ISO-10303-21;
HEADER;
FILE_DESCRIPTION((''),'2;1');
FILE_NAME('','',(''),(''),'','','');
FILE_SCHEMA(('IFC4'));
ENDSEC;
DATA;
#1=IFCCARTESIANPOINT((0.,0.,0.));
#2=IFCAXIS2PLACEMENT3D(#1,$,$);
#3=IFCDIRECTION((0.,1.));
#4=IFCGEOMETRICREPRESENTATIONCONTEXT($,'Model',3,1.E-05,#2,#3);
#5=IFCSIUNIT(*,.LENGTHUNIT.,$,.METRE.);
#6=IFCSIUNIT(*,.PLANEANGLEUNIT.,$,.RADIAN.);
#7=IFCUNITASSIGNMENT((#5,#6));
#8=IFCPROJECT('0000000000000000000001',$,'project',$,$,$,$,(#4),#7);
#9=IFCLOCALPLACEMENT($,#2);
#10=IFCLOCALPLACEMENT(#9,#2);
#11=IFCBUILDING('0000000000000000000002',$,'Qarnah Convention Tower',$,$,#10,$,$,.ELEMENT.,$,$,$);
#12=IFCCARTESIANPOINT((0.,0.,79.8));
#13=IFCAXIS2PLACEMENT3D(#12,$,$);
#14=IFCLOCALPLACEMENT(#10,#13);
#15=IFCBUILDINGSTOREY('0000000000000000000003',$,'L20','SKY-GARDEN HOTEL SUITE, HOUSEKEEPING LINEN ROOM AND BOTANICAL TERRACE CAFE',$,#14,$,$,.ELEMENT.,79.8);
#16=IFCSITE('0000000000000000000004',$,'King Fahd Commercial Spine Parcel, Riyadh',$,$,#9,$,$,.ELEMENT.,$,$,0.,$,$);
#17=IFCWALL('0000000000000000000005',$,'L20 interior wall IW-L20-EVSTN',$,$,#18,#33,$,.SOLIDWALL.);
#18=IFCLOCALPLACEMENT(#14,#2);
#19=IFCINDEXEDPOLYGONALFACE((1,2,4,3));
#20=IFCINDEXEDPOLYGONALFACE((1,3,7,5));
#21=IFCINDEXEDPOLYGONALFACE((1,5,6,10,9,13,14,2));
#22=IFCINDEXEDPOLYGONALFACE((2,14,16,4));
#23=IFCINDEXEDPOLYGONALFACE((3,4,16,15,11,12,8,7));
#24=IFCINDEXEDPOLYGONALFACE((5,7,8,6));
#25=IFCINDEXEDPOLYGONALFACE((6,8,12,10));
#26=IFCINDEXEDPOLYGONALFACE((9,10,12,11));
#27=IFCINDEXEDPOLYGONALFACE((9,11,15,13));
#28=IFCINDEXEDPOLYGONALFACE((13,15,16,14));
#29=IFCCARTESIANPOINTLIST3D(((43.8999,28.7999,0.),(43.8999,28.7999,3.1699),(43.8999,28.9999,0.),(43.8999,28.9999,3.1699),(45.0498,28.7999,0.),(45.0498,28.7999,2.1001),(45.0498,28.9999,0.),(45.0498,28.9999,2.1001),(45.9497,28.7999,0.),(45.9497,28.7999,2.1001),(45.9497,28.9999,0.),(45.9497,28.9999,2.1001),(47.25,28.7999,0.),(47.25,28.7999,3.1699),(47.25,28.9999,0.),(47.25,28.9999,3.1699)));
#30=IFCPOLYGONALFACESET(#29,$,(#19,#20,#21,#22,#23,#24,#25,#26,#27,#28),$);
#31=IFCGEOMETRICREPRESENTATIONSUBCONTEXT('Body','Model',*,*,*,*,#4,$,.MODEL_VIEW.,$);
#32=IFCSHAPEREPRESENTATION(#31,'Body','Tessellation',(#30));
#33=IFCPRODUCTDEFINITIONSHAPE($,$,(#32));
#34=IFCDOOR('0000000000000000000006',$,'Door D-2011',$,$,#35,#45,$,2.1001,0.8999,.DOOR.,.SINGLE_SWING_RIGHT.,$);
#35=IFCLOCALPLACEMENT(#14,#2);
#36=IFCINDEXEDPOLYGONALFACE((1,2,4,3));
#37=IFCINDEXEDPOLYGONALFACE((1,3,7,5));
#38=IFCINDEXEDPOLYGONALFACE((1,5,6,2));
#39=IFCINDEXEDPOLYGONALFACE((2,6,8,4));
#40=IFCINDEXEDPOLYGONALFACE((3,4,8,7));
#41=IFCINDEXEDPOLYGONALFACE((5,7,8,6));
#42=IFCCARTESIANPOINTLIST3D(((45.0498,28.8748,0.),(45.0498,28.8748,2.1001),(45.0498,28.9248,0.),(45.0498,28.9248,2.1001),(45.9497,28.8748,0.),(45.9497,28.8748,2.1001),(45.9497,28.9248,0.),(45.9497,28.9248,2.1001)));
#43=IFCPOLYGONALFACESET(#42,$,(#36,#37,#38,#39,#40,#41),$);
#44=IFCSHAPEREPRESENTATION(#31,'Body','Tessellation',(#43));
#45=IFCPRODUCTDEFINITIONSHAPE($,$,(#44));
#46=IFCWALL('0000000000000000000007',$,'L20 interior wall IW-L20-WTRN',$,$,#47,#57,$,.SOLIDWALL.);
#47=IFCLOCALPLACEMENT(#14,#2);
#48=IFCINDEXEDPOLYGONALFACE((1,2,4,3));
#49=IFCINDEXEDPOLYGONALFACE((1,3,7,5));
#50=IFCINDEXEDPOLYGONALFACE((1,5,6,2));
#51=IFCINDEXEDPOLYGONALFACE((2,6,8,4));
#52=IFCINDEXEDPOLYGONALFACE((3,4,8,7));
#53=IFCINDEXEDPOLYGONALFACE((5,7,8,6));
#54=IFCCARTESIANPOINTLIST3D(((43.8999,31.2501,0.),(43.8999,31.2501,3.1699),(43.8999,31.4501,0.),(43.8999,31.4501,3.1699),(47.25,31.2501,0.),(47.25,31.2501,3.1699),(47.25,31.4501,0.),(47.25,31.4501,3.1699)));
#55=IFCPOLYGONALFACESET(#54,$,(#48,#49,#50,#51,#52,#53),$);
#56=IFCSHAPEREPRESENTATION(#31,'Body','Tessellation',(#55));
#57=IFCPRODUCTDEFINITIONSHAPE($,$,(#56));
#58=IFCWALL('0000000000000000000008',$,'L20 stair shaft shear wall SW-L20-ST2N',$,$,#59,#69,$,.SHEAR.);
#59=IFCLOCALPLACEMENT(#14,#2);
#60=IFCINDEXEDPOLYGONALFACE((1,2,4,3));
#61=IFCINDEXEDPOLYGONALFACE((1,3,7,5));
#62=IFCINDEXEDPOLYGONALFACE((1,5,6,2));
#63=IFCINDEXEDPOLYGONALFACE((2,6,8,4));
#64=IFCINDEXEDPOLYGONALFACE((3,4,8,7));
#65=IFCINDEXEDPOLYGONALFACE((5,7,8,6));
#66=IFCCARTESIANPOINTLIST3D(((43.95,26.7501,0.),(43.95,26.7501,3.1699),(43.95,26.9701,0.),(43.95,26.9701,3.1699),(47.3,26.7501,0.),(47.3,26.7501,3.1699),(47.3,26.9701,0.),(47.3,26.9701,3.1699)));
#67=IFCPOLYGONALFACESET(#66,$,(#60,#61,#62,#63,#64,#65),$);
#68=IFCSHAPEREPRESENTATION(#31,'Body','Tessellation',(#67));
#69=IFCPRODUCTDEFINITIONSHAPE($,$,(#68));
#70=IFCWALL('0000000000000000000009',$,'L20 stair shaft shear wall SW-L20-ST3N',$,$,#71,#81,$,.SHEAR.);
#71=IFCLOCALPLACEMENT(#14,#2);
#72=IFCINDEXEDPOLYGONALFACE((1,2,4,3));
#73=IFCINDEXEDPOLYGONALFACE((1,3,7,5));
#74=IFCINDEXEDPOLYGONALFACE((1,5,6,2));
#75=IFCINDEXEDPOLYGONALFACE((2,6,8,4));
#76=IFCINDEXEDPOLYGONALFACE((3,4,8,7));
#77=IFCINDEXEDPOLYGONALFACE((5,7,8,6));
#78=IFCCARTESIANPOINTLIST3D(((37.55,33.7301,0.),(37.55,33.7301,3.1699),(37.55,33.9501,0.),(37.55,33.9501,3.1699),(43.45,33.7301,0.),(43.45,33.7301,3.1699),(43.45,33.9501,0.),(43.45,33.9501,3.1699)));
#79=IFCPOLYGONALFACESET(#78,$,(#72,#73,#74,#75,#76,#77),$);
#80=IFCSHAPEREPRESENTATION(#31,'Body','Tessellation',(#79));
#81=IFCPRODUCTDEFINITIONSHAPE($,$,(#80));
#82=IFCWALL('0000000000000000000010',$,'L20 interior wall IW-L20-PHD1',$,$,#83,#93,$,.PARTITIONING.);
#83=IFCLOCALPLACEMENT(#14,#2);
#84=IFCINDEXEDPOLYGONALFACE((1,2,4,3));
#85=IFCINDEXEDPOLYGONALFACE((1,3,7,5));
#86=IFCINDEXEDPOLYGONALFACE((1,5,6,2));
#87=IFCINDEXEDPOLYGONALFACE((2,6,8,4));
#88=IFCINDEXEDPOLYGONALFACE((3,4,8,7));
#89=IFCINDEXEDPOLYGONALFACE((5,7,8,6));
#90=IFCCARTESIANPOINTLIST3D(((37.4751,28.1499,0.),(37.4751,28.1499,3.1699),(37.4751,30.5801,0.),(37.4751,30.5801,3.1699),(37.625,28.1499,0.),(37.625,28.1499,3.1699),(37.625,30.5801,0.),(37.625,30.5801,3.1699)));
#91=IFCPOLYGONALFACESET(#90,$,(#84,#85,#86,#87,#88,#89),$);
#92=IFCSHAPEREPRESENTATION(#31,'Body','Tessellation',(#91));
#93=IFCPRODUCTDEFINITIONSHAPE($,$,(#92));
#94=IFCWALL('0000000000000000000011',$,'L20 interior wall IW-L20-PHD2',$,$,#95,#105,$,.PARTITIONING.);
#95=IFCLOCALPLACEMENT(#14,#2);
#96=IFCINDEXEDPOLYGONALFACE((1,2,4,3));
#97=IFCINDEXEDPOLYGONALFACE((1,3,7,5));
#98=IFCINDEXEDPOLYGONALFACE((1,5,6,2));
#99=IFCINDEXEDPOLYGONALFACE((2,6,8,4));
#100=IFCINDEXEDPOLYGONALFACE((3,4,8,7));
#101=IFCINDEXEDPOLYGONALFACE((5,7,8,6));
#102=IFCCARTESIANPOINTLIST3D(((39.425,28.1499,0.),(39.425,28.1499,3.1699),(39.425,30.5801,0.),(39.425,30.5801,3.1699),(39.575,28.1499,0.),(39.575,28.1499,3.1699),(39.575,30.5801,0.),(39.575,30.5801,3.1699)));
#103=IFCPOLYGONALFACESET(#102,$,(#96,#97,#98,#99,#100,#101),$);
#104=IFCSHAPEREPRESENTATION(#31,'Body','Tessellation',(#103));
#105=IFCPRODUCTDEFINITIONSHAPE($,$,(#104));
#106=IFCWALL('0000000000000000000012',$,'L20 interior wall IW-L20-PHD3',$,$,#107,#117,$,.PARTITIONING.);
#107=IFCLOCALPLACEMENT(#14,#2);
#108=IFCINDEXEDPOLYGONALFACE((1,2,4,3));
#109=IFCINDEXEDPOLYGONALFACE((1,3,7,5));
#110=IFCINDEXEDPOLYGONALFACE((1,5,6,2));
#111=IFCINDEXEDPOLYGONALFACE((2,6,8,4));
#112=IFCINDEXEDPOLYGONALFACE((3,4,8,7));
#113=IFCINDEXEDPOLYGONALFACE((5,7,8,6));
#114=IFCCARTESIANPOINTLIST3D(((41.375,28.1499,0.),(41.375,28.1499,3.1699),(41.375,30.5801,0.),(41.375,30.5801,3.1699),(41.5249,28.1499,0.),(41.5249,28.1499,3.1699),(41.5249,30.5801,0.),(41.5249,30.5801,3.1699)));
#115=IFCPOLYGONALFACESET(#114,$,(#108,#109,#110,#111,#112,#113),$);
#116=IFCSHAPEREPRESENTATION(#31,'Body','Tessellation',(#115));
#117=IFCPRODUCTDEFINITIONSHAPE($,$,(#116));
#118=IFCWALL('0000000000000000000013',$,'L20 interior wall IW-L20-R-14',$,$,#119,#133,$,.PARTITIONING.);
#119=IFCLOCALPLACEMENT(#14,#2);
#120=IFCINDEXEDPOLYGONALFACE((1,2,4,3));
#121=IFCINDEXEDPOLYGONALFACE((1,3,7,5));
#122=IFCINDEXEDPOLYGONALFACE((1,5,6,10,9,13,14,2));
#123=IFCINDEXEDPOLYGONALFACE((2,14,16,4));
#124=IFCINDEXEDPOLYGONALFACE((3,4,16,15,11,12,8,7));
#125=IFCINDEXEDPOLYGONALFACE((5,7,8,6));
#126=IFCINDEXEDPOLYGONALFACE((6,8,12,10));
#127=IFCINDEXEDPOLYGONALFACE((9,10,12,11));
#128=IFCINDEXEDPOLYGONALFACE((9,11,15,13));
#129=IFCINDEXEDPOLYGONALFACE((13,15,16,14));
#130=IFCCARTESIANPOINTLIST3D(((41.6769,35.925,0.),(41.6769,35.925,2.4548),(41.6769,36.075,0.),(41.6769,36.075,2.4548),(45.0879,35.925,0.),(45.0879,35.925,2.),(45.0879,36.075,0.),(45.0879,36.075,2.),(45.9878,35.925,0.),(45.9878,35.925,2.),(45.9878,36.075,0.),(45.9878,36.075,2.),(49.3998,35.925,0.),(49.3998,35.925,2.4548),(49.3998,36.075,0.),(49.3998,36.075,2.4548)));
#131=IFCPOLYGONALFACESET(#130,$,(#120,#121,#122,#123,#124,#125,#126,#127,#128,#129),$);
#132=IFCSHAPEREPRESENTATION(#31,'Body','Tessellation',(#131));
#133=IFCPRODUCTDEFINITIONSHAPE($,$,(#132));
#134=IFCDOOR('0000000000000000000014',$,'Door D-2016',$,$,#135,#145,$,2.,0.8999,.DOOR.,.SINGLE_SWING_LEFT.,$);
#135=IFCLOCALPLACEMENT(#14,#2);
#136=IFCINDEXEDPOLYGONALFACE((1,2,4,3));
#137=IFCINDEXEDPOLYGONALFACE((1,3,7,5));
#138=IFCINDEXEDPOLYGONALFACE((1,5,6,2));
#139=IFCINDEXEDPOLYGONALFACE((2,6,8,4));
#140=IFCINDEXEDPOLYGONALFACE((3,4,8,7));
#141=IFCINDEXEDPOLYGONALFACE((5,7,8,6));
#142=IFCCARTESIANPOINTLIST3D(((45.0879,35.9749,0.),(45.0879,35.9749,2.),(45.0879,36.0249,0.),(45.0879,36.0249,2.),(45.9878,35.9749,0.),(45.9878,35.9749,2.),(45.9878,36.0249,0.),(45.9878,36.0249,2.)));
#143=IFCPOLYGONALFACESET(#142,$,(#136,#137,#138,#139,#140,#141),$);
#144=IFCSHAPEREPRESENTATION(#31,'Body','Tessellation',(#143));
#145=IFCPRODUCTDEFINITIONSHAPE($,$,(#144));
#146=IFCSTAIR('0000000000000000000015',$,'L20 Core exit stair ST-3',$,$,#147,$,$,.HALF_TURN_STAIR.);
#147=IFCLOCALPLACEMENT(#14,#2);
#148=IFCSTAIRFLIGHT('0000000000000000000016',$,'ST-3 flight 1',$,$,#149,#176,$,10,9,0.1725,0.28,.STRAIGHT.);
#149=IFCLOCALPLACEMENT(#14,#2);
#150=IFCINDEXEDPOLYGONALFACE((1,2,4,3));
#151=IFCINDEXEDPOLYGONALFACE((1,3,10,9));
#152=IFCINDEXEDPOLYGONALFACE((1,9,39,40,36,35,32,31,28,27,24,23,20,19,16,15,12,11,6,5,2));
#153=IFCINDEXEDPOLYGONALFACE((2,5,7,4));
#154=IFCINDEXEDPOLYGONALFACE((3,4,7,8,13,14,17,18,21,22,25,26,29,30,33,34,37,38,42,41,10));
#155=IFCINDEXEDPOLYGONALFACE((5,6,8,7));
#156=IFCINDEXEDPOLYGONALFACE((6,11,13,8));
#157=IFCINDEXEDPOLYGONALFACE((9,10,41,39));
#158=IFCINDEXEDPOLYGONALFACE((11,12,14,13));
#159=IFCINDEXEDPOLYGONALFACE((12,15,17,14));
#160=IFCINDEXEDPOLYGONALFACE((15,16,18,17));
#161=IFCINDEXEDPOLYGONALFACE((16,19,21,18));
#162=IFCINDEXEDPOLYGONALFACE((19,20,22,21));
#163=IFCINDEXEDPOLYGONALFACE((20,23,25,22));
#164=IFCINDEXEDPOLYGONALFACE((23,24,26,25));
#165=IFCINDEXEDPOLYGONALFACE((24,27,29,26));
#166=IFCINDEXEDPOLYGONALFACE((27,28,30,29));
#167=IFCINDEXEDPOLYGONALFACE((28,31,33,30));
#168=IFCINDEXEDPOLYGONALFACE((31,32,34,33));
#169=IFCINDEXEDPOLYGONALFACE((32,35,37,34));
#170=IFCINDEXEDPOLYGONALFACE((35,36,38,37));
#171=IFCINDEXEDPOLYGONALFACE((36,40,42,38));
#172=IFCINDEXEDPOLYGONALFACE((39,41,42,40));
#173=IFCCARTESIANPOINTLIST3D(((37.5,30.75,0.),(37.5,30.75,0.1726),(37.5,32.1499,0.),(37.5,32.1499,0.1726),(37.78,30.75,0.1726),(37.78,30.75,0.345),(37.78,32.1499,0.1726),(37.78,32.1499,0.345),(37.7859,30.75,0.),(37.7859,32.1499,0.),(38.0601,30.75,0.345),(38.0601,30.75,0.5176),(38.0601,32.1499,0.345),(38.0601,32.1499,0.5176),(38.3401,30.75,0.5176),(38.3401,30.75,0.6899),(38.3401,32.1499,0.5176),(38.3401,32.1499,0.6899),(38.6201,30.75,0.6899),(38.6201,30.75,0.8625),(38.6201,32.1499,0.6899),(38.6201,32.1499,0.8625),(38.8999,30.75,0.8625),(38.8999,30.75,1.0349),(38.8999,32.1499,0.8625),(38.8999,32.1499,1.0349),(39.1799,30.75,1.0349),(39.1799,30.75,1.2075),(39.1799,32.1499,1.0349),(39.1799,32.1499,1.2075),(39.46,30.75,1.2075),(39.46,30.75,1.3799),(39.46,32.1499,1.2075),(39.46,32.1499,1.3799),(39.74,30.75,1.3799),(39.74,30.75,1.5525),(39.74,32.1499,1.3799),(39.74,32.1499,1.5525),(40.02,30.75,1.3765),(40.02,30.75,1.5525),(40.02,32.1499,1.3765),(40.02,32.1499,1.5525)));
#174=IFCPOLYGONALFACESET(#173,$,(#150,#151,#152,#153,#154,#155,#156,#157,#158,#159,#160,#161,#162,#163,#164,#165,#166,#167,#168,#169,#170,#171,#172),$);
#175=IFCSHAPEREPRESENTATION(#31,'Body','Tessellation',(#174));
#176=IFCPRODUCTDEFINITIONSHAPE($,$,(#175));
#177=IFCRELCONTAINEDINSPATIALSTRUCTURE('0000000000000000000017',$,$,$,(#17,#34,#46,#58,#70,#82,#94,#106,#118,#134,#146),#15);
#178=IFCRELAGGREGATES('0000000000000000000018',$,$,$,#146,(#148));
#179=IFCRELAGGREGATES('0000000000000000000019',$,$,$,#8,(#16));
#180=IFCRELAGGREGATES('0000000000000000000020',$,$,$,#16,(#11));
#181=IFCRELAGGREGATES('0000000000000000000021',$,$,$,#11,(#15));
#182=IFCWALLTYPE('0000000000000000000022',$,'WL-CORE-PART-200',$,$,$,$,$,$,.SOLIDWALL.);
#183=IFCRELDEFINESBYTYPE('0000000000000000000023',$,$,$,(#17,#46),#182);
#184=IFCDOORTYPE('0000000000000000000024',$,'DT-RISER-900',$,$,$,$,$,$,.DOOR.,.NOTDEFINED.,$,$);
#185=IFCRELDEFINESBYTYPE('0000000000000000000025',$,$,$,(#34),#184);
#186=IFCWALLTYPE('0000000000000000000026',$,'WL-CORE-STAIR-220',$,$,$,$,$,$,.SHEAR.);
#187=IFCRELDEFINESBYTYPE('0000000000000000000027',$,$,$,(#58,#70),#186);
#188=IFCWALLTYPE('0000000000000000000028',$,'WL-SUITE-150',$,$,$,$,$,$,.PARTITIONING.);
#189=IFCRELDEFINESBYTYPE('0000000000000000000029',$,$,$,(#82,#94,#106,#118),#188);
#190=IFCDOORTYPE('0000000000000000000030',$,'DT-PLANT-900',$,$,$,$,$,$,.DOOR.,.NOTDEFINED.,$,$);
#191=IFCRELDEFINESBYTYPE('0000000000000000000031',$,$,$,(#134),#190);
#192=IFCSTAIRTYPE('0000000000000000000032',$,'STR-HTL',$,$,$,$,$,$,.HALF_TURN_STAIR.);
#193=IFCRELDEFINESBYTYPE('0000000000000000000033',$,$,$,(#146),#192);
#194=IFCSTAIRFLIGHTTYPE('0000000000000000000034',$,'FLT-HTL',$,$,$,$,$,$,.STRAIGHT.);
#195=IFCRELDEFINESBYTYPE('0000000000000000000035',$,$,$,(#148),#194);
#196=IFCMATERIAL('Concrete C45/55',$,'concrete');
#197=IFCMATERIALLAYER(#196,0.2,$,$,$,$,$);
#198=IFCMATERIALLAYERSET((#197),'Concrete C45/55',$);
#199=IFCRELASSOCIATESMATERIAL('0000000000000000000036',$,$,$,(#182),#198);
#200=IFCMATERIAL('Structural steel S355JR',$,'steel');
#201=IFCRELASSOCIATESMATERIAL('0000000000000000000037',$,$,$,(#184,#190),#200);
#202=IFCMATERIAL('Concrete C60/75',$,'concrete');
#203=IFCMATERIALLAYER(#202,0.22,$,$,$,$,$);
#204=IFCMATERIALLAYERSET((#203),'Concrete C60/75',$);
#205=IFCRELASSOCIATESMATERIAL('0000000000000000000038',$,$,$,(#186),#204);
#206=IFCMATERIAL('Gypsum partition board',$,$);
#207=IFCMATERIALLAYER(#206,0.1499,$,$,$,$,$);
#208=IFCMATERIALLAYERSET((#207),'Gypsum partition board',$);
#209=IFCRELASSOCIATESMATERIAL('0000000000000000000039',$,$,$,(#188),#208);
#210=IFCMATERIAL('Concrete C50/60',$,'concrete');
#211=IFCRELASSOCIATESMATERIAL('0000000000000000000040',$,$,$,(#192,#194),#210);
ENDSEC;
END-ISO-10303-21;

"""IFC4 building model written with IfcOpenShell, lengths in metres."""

from ifc_helpers import new_model, si_unit, direction, frame, frame_2d, origin, place, context, subcontext, project, spatial, polyline, rectangle, outline, extrude, material, layer, layer_set, type_object, element, fill, aggregate, save


model = new_model("IFC4")

# Units and contexts
model_context = context("Model", 3, precision=1e-05, world=origin(), true_north=direction((0.0, 1.0)))
body_context = subcontext(model_context, "Body", "Model", "MODEL_VIEW")
ifc_project = project(units=[si_unit("LENGTHUNIT", "METRE"), si_unit("PLANEANGLEUNIT", "RADIAN")], contexts=[model_context])

# Site, building, storey
site_placement = place(None, origin())
site = spatial("IfcSite", under=ifc_project, at=site_placement, Name="King Fahd Commercial Spine Parcel, Riyadh", CompositionType="ELEMENT", RefElevation=0.0)
building_placement = place(site_placement, origin())
building = spatial("IfcBuilding", under=site, at=building_placement, Name="Qarnah Convention Tower", CompositionType="ELEMENT")
storey_placement = place(building_placement, frame((0.0, 0.0, 79.8)))
storey = spatial("IfcBuildingStorey", under=building, at=storey_placement, Name="L20", Description="SKY-GARDEN HOTEL SUITE, HOUSEKEEPING LINEN ROOM AND BOTANICAL TERRACE CAFE", CompositionType="ELEMENT", Elevation=79.8)

# Shared definitions
ifc_material_1 = material(Name="Structural steel S355JR", Category="steel")

# Wall, opening, door
ifc_material_2 = material(Name="Concrete C45/55", Category="concrete")
ifc_layer_1 = layer(ifc_material_2, 0.2)
ifc_layer_set_1 = layer_set([ifc_layer_1], Name="Concrete C45/55")
wall_type_1 = type_object("IfcWallType", Name="WL-CORE-PART-200", PredefinedType="SOLIDWALL", material=ifc_layer_set_1)
wall_1_placement = place(storey_placement, frame((43.8999, 28.8999, 0.0), z_axis=(0.0, 0.0, 1.0), x_axis=(1.0, 0.0, 0.0)))
wall_1 = element("IfcWall", 1, at=wall_1_placement, inside=storey, type_object=wall_type_1, Name="L20 interior wall IW-L20-EVSTN", PredefinedType="SOLIDWALL", context=body_context, shape_type="SweptSolid", body=[
    extrude(rectangle(XDim=3.3501, YDim=0.2, at=frame_2d((1.675, 0.0))), origin(), (0.0, 0.0, 1.0), 3.1699),
])
opening_1_placement = place(wall_1_placement, frame((1.1499, 0.0, 0.0)))
opening_1 = element("IfcOpeningElement", 2, at=opening_1_placement, cuts=wall_1, PredefinedType="OPENING", context=body_context, shape_type="SweptSolid", body=[
    extrude(rectangle(XDim=0.8999, YDim=2.1001, at=frame_2d((0.45, 1.05))), frame((0.0, 0.1099, 0.0), z_axis=(0.0, -1.0, 0.0), x_axis=(1.0, 0.0, 0.0)), (0.0, 0.0, 1.0), 0.22),
])
door_type_1 = type_object("IfcDoorType", Name="DT-RISER-900", OperationType="NOTDEFINED", PredefinedType="DOOR", material=ifc_material_1)
door_1_placement = place(opening_1_placement, origin())
door_1 = element("IfcDoor", 3, at=door_1_placement, inside=storey, type_object=door_type_1, Name="Door D-2011", OperationType="SINGLE_SWING_RIGHT", OverallHeight=2.1001, OverallWidth=0.8999, PredefinedType="DOOR", context=body_context, shape_type="SweptSolid", body=[
    extrude(rectangle(XDim=0.8999, YDim=2.1001, at=frame_2d((0.45, 1.05))), frame((0.0, 0.0249, 0.0), z_axis=(0.0, -1.0, 0.0), x_axis=(1.0, 0.0, 0.0)), (0.0, 0.0, 1.0), 0.05),
])
fill(opening_1, door_1)

# Walls
wall_2_placement = place(storey_placement, frame((43.8999, 31.3501, 0.0), z_axis=(0.0, 0.0, 1.0), x_axis=(1.0, 0.0, 0.0)))
element("IfcWall", 4, at=wall_2_placement, inside=storey, type_object=wall_type_1, Name="L20 interior wall IW-L20-WTRN", PredefinedType="SOLIDWALL", context=body_context, shape_type="SweptSolid", body=[
    extrude(rectangle(XDim=3.3501, YDim=0.2, at=frame_2d((1.675, 0.0))), origin(), (0.0, 0.0, 1.0), 3.1699),
])
ifc_material_3 = material(Name="Concrete C60/75", Category="concrete")
ifc_layer_2 = layer(ifc_material_3, 0.22)
ifc_layer_set_2 = layer_set([ifc_layer_2], Name="Concrete C60/75")
wall_type_2 = type_object("IfcWallType", Name="WL-CORE-STAIR-220", PredefinedType="SHEAR", material=ifc_layer_set_2)
wall_3_placement = place(storey_placement, frame((43.95, 26.8601, 0.0), z_axis=(0.0, 0.0, 1.0), x_axis=(1.0, 0.0, 0.0)))
element("IfcWall", 5, at=wall_3_placement, inside=storey, type_object=wall_type_2, Name="L20 stair shaft shear wall SW-L20-ST2N", PredefinedType="SHEAR", context=body_context, shape_type="SweptSolid", body=[
    extrude(rectangle(XDim=3.3501, YDim=0.22, at=frame_2d((1.675, 0.0))), origin(), (0.0, 0.0, 1.0), 3.1699),
])
wall_4_placement = place(storey_placement, frame((37.55, 33.8401, 0.0), z_axis=(0.0, 0.0, 1.0), x_axis=(1.0, 0.0, 0.0)))
element("IfcWall", 6, at=wall_4_placement, inside=storey, type_object=wall_type_2, Name="L20 stair shaft shear wall SW-L20-ST3N", PredefinedType="SHEAR", context=body_context, shape_type="SweptSolid", body=[
    extrude(rectangle(XDim=5.8999, YDim=0.22, at=frame_2d((2.95, 0.0))), origin(), (0.0, 0.0, 1.0), 3.1699),
])
ifc_material_4 = material(Name="Gypsum partition board")
ifc_layer_3 = layer(ifc_material_4, 0.1499)
ifc_layer_set_3 = layer_set([ifc_layer_3], Name="Gypsum partition board")
wall_type_3 = type_object("IfcWallType", Name="WL-SUITE-150", PredefinedType="PARTITIONING", material=ifc_layer_set_3)
for number, where, z_axis, x_axis, name in (
    (7, (37.55, 28.1499, 0.0), (0.0, 0.0, 1.0), (0.0, 1.0, 0.0), "L20 interior wall IW-L20-PHD1"),
    (8, (39.5, 28.1499, 0.0), (0.0, 0.0, 1.0), (0.0, 1.0, 0.0), "L20 interior wall IW-L20-PHD2"),
    (9, (41.45, 28.1499, 0.0), (0.0, 0.0, 1.0), (0.0, 1.0, 0.0), "L20 interior wall IW-L20-PHD3"),
):
    element("IfcWall", number, at=place(storey_placement, frame(where, z_axis=z_axis, x_axis=x_axis)), inside=storey, type_object=wall_type_3, Name=name, PredefinedType="PARTITIONING", context=body_context, shape_type="SweptSolid", body=[
        extrude(rectangle(XDim=2.4302, YDim=0.1499, at=frame_2d((1.2151, 0.0))), origin(), (0.0, 0.0, 1.0), 3.1699),
    ])

# Wall, opening, door
wall_5_placement = place(storey_placement, frame((41.677, 36.0, 0.0), z_axis=(0.0, 0.0, 1.0), x_axis=(1.0, 0.0, 0.0)))
wall_5 = element("IfcWall", 10, at=wall_5_placement, inside=storey, type_object=wall_type_3, Name="L20 interior wall IW-L20-R-14", PredefinedType="PARTITIONING", context=body_context, shape_type="SweptSolid", body=[
    extrude(rectangle(XDim=7.7229, YDim=0.1499, at=frame_2d((3.8613, 0.0))), origin(), (0.0, 0.0, 1.0), 2.4548),
])
opening_2_placement = place(wall_5_placement, frame((3.4109, 0.0, 0.0)))
opening_2 = element("IfcOpeningElement", 11, at=opening_2_placement, cuts=wall_5, PredefinedType="OPENING", context=body_context, shape_type="SweptSolid", body=[
    extrude(rectangle(XDim=0.8999, YDim=2.0, at=frame_2d((0.45, 1.0))), frame((0.0, 0.085, 0.0), z_axis=(0.0, -1.0, 0.0), x_axis=(1.0, 0.0, 0.0)), (0.0, 0.0, 1.0), 0.1699),
])
door_type_2 = type_object("IfcDoorType", Name="DT-PLANT-900", OperationType="NOTDEFINED", PredefinedType="DOOR", material=ifc_material_1)
door_2_placement = place(opening_2_placement, origin())
door_2 = element("IfcDoor", 12, at=door_2_placement, inside=storey, type_object=door_type_2, Name="Door D-2016", OperationType="SINGLE_SWING_LEFT", OverallHeight=2.0, OverallWidth=0.8999, PredefinedType="DOOR", context=body_context, shape_type="SweptSolid", body=[
    extrude(rectangle(XDim=0.8999, YDim=2.0, at=frame_2d((0.45, 1.0))), frame((0.0, 0.0249, 0.0), z_axis=(0.0, -1.0, 0.0), x_axis=(1.0, 0.0, 0.0)), (0.0, 0.0, 1.0), 0.05),
])
fill(opening_2, door_2)

# Stair, stair flight
ifc_material_5 = material(Name="Concrete C50/60", Category="concrete")
stair_type = type_object("IfcStairType", Name="STR-HTL", PredefinedType="HALF_TURN_STAIR", material=ifc_material_5)
stair_placement = place(storey_placement, origin())
stair = element("IfcStair", 13, at=stair_placement, inside=storey, type_object=stair_type, Name="L20 Core exit stair ST-3", PredefinedType="HALF_TURN_STAIR")
stair_flight_type = type_object("IfcStairFlightType", Name="FLT-HTL", PredefinedType="STRAIGHT", material=ifc_material_5)
stair_flight_1_placement = place(storey_placement, frame((37.5, 31.45, 0.0), z_axis=(0.0, 0.0, 1.0), x_axis=(1.0, 0.0, 0.0)))
stair_flight_1 = element("IfcStairFlight", 14, at=stair_flight_1_placement, type_object=stair_flight_type, Name="ST-3 flight 1", NumberOfRisers=10, NumberOfTreads=9, PredefinedType="STRAIGHT", RiserHeight=0.1725, TreadLength=0.28, context=body_context, shape_type="SweptSolid", body=[
    extrude(outline(polyline([(0.0, 0.0), (0.0, 0.1726), (0.28, 0.1726), (0.28, 0.345), (0.5601, 0.345), (0.5601, 0.5176), (0.8401, 0.5176), (0.8401, 0.6899), (1.1201, 0.6899), (1.1201, 0.8625), (1.3999, 0.8625), (1.3999, 1.0349), (1.6799, 1.0349), (1.6799, 1.2075), (1.96, 1.2075), (1.96, 1.3799), (2.24, 1.3799), (2.24, 1.5525), (2.52, 1.5525), (2.52, 1.7251), (2.52, 1.3765), (0.2859, 0.0), (0.0, 0.0)])), frame((0.0, 0.7, 0.0), z_axis=(0.0, -1.0, 0.0), x_axis=(1.0, 0.0, 0.0)), (0.0, 0.0, 1.0), 1.3999),
])
aggregate(stair, [stair_flight_1])

save(model, "model.ifc")
